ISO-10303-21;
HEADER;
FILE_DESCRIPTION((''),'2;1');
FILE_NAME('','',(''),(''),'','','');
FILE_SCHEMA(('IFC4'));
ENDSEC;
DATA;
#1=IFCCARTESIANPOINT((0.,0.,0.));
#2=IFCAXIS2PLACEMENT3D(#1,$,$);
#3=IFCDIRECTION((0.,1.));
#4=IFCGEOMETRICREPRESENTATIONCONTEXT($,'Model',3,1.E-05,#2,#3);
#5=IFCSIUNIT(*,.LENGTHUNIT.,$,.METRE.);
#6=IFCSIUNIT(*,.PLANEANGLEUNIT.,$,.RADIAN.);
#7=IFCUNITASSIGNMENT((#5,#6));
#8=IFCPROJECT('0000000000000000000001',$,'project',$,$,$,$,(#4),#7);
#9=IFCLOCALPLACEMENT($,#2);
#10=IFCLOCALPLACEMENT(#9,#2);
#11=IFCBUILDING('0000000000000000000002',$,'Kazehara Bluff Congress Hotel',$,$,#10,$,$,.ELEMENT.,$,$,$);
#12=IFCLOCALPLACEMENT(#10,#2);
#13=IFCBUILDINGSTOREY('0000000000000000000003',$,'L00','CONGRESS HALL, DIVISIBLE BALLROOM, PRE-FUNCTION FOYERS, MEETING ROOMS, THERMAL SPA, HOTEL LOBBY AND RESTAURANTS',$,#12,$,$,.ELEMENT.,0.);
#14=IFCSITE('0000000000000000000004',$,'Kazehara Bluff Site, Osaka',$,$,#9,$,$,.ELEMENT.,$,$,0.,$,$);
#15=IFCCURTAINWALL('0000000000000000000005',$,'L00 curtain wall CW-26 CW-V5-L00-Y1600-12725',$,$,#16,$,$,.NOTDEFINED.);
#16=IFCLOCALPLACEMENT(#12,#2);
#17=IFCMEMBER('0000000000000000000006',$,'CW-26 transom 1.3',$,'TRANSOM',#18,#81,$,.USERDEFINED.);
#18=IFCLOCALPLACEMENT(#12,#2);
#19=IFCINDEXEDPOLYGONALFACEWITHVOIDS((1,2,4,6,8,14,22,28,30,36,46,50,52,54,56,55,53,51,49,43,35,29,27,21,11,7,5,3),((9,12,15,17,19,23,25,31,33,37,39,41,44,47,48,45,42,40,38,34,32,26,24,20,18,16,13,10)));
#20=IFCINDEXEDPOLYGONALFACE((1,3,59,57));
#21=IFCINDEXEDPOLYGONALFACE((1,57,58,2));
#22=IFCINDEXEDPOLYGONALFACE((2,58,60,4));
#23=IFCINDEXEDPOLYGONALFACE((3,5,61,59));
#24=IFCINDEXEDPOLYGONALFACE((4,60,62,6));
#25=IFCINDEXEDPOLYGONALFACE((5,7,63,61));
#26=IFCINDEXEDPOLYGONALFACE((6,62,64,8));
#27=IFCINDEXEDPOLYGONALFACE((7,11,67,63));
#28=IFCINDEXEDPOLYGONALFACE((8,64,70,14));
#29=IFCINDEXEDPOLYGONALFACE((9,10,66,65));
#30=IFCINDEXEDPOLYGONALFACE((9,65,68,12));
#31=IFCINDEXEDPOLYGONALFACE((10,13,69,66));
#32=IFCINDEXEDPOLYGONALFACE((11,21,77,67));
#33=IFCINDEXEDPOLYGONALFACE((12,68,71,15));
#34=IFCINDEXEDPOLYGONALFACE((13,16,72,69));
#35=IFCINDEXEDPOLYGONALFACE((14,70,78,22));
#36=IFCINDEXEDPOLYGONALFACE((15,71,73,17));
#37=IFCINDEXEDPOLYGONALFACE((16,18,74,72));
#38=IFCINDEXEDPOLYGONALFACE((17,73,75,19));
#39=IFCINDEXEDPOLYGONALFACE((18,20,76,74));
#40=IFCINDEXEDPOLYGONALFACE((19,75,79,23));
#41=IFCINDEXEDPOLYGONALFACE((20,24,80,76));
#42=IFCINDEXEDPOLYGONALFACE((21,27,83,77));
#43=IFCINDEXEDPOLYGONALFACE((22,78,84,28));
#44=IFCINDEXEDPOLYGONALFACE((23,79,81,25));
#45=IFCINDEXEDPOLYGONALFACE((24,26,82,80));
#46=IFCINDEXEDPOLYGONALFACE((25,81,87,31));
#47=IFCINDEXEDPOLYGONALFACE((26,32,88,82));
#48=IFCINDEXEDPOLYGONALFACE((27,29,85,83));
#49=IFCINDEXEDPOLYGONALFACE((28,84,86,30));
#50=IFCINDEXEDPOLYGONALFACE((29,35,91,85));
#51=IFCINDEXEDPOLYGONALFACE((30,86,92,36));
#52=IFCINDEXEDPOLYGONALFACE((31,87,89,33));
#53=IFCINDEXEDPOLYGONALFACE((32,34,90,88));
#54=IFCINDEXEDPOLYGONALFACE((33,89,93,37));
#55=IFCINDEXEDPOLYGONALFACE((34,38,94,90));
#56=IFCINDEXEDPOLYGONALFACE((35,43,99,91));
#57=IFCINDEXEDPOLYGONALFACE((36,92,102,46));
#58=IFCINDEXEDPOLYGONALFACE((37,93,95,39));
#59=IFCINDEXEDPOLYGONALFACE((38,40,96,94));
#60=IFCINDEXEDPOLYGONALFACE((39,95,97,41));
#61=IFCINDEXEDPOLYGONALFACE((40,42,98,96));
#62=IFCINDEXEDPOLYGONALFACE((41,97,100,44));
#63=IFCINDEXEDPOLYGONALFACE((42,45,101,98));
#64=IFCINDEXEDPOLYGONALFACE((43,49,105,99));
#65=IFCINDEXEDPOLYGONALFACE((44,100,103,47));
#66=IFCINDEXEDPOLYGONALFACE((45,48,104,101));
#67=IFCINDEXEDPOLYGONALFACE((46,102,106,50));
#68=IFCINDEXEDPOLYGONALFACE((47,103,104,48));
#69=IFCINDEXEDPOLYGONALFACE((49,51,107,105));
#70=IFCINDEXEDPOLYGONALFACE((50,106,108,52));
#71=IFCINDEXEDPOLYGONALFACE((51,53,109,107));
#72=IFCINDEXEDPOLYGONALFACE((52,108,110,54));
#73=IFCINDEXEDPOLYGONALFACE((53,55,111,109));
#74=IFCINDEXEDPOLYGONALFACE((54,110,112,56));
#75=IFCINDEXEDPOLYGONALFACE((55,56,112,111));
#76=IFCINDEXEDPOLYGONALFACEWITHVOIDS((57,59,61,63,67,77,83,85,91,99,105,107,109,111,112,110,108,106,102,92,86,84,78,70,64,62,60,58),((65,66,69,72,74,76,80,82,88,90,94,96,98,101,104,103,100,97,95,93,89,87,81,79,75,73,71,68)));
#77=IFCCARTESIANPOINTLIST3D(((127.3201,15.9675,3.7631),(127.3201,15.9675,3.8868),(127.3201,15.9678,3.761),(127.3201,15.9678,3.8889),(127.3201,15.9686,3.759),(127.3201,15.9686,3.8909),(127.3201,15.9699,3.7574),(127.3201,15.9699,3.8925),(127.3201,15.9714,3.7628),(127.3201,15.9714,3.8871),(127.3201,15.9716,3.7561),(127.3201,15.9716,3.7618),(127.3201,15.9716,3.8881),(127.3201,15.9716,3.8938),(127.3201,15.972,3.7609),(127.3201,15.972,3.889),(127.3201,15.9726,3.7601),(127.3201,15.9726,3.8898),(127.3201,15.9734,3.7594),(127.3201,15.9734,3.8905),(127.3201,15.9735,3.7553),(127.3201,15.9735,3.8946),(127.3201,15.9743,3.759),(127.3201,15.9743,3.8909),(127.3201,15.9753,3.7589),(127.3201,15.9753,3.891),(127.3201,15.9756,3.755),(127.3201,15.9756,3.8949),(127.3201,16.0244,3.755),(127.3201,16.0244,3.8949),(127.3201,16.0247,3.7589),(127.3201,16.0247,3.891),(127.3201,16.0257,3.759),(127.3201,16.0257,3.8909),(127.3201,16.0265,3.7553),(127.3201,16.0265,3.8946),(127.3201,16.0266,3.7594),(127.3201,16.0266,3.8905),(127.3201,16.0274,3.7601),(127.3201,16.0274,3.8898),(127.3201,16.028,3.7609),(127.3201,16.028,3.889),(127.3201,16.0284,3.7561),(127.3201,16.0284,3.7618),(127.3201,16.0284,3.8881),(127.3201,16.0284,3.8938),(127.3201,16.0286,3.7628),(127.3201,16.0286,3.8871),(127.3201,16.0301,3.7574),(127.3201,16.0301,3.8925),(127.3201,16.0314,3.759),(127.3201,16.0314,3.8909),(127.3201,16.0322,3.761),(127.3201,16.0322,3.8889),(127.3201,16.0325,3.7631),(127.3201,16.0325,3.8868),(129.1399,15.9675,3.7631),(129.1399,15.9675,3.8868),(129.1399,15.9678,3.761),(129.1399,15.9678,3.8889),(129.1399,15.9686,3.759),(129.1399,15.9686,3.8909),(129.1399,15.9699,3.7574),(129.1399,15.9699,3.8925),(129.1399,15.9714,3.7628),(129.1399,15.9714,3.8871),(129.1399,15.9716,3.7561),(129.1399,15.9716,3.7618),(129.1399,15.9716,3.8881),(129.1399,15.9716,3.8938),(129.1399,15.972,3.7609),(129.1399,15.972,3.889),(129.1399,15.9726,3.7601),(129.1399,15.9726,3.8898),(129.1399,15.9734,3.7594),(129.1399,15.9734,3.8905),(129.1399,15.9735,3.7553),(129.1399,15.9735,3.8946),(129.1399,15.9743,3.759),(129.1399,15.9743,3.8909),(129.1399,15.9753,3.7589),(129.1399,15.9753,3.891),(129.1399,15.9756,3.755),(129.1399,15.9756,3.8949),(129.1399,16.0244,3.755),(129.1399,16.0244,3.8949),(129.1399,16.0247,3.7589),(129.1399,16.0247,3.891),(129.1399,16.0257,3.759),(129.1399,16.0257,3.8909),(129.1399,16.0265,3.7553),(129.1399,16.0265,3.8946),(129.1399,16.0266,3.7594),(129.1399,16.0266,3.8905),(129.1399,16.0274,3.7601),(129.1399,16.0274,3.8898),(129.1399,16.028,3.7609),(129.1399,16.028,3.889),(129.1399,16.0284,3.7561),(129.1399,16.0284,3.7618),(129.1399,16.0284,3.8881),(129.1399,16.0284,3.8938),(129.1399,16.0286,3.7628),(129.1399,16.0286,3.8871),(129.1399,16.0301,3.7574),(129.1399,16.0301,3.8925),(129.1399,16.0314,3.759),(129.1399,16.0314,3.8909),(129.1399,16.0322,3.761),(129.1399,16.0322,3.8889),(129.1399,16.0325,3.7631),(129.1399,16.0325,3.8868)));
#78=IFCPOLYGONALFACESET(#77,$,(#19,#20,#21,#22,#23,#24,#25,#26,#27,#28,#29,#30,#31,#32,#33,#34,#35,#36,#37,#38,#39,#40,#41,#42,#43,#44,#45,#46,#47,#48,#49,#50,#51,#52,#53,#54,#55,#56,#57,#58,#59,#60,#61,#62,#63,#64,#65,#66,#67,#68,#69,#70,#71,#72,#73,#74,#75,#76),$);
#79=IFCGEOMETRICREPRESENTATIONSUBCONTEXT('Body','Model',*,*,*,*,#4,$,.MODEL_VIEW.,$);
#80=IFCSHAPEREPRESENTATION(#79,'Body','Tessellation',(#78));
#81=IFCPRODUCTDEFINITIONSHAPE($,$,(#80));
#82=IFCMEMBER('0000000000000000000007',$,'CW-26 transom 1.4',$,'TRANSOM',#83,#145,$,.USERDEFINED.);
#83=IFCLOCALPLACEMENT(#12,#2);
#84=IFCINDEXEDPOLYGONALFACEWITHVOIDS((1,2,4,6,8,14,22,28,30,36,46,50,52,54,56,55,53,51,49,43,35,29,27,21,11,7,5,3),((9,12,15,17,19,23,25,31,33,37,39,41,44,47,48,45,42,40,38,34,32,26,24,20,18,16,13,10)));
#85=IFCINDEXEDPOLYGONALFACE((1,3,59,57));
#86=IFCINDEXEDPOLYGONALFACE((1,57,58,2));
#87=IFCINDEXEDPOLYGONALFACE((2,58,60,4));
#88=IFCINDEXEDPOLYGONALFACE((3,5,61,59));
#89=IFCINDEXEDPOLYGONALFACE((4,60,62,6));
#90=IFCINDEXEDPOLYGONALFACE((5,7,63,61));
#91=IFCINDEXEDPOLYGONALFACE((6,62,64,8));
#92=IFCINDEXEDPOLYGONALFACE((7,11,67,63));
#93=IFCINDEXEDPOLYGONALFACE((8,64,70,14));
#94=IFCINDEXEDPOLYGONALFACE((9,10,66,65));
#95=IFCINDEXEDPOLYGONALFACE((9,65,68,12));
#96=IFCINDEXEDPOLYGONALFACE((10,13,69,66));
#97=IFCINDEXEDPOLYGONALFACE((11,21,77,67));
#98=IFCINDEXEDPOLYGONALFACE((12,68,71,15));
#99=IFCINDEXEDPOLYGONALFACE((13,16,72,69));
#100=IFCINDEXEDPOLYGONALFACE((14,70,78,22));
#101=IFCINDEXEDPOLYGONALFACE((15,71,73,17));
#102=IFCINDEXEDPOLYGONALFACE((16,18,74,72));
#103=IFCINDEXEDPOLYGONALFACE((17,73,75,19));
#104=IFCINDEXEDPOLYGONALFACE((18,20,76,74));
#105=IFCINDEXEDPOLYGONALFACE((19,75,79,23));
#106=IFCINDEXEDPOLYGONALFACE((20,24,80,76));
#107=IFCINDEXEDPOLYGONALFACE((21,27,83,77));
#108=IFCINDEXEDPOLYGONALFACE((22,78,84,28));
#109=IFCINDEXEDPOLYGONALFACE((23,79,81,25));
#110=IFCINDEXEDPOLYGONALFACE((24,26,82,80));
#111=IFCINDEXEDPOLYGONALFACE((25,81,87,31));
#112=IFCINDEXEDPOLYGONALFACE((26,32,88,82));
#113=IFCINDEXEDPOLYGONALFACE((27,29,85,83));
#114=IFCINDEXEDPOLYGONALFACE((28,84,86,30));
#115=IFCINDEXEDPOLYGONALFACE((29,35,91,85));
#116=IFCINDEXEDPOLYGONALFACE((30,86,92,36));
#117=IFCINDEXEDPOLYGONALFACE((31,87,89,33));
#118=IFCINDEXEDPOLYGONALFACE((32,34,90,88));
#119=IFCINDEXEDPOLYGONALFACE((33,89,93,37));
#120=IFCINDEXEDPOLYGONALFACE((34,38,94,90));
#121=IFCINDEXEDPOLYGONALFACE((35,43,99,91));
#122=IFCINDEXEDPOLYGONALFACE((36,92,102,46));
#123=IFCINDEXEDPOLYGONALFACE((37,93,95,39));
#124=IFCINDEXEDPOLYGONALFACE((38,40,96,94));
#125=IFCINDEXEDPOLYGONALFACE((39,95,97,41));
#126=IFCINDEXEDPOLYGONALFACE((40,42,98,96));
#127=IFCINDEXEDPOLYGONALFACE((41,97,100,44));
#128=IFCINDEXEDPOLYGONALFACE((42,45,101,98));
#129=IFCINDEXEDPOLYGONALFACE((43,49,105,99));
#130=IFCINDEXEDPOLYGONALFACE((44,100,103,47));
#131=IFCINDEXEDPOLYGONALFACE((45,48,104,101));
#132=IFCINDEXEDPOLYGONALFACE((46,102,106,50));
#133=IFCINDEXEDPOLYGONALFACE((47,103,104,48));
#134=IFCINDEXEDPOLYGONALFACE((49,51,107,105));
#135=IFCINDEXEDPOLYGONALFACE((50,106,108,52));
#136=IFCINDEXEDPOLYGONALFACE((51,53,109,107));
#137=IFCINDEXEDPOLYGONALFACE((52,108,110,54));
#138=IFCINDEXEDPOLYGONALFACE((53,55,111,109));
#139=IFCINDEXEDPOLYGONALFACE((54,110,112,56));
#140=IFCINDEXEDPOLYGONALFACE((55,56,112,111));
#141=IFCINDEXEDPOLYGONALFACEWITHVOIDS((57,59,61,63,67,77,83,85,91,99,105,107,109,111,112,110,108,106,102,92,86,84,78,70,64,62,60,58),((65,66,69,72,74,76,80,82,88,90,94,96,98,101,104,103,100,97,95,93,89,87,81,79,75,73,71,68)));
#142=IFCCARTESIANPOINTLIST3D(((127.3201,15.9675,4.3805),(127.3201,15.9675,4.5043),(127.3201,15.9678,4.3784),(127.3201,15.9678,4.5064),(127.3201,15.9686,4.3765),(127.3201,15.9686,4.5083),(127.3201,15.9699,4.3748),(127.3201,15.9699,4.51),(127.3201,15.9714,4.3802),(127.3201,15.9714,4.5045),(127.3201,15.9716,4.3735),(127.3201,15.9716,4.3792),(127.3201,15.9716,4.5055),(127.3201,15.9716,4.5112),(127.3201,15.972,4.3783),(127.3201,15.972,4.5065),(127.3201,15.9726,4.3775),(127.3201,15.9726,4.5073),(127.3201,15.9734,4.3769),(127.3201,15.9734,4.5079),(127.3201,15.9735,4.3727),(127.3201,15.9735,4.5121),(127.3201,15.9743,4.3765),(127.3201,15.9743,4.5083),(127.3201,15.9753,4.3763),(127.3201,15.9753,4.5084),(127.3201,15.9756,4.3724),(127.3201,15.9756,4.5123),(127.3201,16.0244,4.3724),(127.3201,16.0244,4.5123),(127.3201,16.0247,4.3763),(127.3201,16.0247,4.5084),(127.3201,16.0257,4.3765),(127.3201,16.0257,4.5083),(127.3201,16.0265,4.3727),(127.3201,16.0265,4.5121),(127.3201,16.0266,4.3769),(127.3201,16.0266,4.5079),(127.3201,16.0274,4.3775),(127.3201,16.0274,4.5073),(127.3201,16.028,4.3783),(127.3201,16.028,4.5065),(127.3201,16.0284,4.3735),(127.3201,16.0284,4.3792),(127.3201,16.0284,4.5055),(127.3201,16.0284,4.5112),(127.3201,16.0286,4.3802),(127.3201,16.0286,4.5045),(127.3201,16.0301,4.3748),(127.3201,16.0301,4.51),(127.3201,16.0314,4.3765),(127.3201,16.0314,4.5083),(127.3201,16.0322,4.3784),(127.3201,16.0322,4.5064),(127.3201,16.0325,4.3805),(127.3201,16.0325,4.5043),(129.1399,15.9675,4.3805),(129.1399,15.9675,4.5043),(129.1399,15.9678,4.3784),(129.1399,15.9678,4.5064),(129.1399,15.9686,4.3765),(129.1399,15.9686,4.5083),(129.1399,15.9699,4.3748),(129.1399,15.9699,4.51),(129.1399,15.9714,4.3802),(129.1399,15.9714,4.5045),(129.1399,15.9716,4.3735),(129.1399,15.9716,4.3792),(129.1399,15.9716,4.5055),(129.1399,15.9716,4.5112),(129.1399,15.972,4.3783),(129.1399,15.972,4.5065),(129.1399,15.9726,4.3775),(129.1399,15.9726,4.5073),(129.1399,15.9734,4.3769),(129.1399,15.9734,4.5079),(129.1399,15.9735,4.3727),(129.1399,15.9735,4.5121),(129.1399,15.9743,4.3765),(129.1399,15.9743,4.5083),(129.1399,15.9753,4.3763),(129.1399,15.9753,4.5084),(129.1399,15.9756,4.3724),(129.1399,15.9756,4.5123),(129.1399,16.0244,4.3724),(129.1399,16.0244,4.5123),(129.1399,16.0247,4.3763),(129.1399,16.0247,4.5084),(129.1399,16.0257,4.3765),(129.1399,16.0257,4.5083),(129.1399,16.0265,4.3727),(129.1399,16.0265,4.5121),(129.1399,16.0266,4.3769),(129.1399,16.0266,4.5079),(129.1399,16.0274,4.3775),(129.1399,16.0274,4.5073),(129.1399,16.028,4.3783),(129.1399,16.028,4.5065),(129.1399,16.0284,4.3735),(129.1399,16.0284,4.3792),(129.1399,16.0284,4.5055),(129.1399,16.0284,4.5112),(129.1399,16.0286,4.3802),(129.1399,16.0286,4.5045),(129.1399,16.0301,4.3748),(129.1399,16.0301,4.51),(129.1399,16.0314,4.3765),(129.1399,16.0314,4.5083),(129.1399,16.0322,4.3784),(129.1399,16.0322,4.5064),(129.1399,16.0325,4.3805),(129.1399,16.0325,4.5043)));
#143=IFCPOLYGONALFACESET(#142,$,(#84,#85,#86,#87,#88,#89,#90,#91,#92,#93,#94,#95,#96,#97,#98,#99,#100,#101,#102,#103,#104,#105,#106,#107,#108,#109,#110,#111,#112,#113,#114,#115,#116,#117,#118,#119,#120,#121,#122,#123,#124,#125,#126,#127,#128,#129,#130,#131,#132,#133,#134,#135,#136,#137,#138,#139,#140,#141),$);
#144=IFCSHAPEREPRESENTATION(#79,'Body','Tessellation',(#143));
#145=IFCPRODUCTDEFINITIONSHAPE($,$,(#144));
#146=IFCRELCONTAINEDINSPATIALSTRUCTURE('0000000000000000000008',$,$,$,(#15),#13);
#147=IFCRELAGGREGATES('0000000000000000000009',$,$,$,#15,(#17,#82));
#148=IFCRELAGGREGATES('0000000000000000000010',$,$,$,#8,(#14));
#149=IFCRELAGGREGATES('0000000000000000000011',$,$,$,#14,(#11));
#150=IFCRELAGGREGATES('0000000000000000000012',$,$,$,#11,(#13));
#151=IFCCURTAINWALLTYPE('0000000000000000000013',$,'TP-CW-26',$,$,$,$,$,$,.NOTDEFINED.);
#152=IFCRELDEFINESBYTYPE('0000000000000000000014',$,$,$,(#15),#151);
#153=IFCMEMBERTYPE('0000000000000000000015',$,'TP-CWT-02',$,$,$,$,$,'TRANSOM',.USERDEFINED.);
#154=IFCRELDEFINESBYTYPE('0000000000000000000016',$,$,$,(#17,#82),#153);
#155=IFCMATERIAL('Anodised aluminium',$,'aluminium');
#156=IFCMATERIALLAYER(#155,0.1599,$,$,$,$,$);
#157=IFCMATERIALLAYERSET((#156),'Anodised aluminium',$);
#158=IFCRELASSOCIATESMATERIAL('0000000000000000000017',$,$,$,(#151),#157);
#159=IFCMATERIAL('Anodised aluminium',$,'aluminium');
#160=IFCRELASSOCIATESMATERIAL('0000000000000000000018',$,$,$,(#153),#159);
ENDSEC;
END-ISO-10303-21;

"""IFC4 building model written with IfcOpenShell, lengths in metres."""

from ifc_helpers import new_model, si_unit, direction, frame, origin, origin_2d, place, context, subcontext, project, spatial, hollow_rectangle, extrude, material, layer, layer_set, material_profile, profile_set, type_object, element, aggregate, save


model = new_model("IFC4")

# Units and contexts
model_context = context("Model", 3, precision=1e-05, world=origin(), true_north=direction((0.0, 1.0)))
body_context = subcontext(model_context, "Body", "Model", "MODEL_VIEW")
ifc_project = project(units=[si_unit("LENGTHUNIT", "METRE"), si_unit("PLANEANGLEUNIT", "RADIAN")], contexts=[model_context])

# Site, building, storey
site_placement = place(None, origin())
site = spatial("IfcSite", under=ifc_project, at=site_placement, Name="Kazehara Bluff Site, Osaka", CompositionType="ELEMENT", RefElevation=0.0)
building_placement = place(site_placement, origin())
building = spatial("IfcBuilding", under=site, at=building_placement, Name="Kazehara Bluff Congress Hotel", CompositionType="ELEMENT")
storey_placement = place(building_placement, origin())
storey = spatial("IfcBuildingStorey", under=building, at=storey_placement, Name="L00", Description="CONGRESS HALL, DIVISIBLE BALLROOM, PRE-FUNCTION FOYERS, MEETING ROOMS, THERMAL SPA, HOTEL LOBBY AND RESTAURANTS", CompositionType="ELEMENT", Elevation=0.0)

# Shared definitions
ifc_material_1 = material(Name="Anodised aluminium", Category="aluminium")
ifc_layer_1 = layer(ifc_material_1, 0.1599)
ifc_layer_set_1 = layer_set([ifc_layer_1], Name="Anodised aluminium")
curtain_wall_type = type_object("IfcCurtainWallType", Name="TP-CW-26", PredefinedType="NOTDEFINED", material=ifc_layer_set_1)

# Curtain wall
curtain_wall_1_placement = place(storey_placement, origin())
curtain_wall_1 = element("IfcCurtainWall", 1, at=curtain_wall_1_placement, inside=storey, type_object=curtain_wall_type, Name="L00 curtain wall CW-26 CW-V5-L00-Y1600-12725", PredefinedType="NOTDEFINED")

# Members
ifc_material_2 = material(Name="Anodised aluminium", Category="aluminium")
ifc_material_profile_1 = material_profile(ifc_material_2, hollow_rectangle(XDim=0.0649, YDim=0.1399, WallThickness=0.0039, InnerFilletRadius=0.0039, OuterFilletRadius=0.0081, at=origin_2d()))
ifc_profile_set_1 = profile_set([ifc_material_profile_1], Name="Anodised aluminium")
member_type_1 = type_object("IfcMemberType", Name="TP-CWT-02", ElementType="TRANSOM", PredefinedType="USERDEFINED", material=ifc_profile_set_1)
member_1_placement = place(storey_placement, frame((127.3201, 16.0, 3.825), z_axis=(1.0, 0.0, 0.0), x_axis=(0.0, 1.0, 0.0)))
member_1 = element("IfcMember", 2, at=member_1_placement, type_object=member_type_1, Name="CW-26 transom 1.3", ObjectType="TRANSOM", PredefinedType="USERDEFINED", context=body_context, shape_type="SweptSolid", body=[
    extrude(hollow_rectangle(XDim=0.0649, YDim=0.1399, WallThickness=0.0039, InnerFilletRadius=0.0039, OuterFilletRadius=0.0081, at=origin_2d()), origin(), (0.0, 0.0, 1.0), 1.8198),
])
member_2_placement = place(storey_placement, frame((127.3201, 16.0, 4.4424), z_axis=(1.0, 0.0, 0.0), x_axis=(0.0, 1.0, 0.0)))
member_2 = element("IfcMember", 3, at=member_2_placement, type_object=member_type_1, Name="CW-26 transom 1.4", ObjectType="TRANSOM", PredefinedType="USERDEFINED", context=body_context, shape_type="SweptSolid", body=[
    extrude(hollow_rectangle(XDim=0.0649, YDim=0.1399, WallThickness=0.0039, InnerFilletRadius=0.0039, OuterFilletRadius=0.0081, at=origin_2d()), origin(), (0.0, 0.0, 1.0), 1.8198),
])

aggregate(curtain_wall_1, [member_1, member_2])

save(model, "model.ifc")
